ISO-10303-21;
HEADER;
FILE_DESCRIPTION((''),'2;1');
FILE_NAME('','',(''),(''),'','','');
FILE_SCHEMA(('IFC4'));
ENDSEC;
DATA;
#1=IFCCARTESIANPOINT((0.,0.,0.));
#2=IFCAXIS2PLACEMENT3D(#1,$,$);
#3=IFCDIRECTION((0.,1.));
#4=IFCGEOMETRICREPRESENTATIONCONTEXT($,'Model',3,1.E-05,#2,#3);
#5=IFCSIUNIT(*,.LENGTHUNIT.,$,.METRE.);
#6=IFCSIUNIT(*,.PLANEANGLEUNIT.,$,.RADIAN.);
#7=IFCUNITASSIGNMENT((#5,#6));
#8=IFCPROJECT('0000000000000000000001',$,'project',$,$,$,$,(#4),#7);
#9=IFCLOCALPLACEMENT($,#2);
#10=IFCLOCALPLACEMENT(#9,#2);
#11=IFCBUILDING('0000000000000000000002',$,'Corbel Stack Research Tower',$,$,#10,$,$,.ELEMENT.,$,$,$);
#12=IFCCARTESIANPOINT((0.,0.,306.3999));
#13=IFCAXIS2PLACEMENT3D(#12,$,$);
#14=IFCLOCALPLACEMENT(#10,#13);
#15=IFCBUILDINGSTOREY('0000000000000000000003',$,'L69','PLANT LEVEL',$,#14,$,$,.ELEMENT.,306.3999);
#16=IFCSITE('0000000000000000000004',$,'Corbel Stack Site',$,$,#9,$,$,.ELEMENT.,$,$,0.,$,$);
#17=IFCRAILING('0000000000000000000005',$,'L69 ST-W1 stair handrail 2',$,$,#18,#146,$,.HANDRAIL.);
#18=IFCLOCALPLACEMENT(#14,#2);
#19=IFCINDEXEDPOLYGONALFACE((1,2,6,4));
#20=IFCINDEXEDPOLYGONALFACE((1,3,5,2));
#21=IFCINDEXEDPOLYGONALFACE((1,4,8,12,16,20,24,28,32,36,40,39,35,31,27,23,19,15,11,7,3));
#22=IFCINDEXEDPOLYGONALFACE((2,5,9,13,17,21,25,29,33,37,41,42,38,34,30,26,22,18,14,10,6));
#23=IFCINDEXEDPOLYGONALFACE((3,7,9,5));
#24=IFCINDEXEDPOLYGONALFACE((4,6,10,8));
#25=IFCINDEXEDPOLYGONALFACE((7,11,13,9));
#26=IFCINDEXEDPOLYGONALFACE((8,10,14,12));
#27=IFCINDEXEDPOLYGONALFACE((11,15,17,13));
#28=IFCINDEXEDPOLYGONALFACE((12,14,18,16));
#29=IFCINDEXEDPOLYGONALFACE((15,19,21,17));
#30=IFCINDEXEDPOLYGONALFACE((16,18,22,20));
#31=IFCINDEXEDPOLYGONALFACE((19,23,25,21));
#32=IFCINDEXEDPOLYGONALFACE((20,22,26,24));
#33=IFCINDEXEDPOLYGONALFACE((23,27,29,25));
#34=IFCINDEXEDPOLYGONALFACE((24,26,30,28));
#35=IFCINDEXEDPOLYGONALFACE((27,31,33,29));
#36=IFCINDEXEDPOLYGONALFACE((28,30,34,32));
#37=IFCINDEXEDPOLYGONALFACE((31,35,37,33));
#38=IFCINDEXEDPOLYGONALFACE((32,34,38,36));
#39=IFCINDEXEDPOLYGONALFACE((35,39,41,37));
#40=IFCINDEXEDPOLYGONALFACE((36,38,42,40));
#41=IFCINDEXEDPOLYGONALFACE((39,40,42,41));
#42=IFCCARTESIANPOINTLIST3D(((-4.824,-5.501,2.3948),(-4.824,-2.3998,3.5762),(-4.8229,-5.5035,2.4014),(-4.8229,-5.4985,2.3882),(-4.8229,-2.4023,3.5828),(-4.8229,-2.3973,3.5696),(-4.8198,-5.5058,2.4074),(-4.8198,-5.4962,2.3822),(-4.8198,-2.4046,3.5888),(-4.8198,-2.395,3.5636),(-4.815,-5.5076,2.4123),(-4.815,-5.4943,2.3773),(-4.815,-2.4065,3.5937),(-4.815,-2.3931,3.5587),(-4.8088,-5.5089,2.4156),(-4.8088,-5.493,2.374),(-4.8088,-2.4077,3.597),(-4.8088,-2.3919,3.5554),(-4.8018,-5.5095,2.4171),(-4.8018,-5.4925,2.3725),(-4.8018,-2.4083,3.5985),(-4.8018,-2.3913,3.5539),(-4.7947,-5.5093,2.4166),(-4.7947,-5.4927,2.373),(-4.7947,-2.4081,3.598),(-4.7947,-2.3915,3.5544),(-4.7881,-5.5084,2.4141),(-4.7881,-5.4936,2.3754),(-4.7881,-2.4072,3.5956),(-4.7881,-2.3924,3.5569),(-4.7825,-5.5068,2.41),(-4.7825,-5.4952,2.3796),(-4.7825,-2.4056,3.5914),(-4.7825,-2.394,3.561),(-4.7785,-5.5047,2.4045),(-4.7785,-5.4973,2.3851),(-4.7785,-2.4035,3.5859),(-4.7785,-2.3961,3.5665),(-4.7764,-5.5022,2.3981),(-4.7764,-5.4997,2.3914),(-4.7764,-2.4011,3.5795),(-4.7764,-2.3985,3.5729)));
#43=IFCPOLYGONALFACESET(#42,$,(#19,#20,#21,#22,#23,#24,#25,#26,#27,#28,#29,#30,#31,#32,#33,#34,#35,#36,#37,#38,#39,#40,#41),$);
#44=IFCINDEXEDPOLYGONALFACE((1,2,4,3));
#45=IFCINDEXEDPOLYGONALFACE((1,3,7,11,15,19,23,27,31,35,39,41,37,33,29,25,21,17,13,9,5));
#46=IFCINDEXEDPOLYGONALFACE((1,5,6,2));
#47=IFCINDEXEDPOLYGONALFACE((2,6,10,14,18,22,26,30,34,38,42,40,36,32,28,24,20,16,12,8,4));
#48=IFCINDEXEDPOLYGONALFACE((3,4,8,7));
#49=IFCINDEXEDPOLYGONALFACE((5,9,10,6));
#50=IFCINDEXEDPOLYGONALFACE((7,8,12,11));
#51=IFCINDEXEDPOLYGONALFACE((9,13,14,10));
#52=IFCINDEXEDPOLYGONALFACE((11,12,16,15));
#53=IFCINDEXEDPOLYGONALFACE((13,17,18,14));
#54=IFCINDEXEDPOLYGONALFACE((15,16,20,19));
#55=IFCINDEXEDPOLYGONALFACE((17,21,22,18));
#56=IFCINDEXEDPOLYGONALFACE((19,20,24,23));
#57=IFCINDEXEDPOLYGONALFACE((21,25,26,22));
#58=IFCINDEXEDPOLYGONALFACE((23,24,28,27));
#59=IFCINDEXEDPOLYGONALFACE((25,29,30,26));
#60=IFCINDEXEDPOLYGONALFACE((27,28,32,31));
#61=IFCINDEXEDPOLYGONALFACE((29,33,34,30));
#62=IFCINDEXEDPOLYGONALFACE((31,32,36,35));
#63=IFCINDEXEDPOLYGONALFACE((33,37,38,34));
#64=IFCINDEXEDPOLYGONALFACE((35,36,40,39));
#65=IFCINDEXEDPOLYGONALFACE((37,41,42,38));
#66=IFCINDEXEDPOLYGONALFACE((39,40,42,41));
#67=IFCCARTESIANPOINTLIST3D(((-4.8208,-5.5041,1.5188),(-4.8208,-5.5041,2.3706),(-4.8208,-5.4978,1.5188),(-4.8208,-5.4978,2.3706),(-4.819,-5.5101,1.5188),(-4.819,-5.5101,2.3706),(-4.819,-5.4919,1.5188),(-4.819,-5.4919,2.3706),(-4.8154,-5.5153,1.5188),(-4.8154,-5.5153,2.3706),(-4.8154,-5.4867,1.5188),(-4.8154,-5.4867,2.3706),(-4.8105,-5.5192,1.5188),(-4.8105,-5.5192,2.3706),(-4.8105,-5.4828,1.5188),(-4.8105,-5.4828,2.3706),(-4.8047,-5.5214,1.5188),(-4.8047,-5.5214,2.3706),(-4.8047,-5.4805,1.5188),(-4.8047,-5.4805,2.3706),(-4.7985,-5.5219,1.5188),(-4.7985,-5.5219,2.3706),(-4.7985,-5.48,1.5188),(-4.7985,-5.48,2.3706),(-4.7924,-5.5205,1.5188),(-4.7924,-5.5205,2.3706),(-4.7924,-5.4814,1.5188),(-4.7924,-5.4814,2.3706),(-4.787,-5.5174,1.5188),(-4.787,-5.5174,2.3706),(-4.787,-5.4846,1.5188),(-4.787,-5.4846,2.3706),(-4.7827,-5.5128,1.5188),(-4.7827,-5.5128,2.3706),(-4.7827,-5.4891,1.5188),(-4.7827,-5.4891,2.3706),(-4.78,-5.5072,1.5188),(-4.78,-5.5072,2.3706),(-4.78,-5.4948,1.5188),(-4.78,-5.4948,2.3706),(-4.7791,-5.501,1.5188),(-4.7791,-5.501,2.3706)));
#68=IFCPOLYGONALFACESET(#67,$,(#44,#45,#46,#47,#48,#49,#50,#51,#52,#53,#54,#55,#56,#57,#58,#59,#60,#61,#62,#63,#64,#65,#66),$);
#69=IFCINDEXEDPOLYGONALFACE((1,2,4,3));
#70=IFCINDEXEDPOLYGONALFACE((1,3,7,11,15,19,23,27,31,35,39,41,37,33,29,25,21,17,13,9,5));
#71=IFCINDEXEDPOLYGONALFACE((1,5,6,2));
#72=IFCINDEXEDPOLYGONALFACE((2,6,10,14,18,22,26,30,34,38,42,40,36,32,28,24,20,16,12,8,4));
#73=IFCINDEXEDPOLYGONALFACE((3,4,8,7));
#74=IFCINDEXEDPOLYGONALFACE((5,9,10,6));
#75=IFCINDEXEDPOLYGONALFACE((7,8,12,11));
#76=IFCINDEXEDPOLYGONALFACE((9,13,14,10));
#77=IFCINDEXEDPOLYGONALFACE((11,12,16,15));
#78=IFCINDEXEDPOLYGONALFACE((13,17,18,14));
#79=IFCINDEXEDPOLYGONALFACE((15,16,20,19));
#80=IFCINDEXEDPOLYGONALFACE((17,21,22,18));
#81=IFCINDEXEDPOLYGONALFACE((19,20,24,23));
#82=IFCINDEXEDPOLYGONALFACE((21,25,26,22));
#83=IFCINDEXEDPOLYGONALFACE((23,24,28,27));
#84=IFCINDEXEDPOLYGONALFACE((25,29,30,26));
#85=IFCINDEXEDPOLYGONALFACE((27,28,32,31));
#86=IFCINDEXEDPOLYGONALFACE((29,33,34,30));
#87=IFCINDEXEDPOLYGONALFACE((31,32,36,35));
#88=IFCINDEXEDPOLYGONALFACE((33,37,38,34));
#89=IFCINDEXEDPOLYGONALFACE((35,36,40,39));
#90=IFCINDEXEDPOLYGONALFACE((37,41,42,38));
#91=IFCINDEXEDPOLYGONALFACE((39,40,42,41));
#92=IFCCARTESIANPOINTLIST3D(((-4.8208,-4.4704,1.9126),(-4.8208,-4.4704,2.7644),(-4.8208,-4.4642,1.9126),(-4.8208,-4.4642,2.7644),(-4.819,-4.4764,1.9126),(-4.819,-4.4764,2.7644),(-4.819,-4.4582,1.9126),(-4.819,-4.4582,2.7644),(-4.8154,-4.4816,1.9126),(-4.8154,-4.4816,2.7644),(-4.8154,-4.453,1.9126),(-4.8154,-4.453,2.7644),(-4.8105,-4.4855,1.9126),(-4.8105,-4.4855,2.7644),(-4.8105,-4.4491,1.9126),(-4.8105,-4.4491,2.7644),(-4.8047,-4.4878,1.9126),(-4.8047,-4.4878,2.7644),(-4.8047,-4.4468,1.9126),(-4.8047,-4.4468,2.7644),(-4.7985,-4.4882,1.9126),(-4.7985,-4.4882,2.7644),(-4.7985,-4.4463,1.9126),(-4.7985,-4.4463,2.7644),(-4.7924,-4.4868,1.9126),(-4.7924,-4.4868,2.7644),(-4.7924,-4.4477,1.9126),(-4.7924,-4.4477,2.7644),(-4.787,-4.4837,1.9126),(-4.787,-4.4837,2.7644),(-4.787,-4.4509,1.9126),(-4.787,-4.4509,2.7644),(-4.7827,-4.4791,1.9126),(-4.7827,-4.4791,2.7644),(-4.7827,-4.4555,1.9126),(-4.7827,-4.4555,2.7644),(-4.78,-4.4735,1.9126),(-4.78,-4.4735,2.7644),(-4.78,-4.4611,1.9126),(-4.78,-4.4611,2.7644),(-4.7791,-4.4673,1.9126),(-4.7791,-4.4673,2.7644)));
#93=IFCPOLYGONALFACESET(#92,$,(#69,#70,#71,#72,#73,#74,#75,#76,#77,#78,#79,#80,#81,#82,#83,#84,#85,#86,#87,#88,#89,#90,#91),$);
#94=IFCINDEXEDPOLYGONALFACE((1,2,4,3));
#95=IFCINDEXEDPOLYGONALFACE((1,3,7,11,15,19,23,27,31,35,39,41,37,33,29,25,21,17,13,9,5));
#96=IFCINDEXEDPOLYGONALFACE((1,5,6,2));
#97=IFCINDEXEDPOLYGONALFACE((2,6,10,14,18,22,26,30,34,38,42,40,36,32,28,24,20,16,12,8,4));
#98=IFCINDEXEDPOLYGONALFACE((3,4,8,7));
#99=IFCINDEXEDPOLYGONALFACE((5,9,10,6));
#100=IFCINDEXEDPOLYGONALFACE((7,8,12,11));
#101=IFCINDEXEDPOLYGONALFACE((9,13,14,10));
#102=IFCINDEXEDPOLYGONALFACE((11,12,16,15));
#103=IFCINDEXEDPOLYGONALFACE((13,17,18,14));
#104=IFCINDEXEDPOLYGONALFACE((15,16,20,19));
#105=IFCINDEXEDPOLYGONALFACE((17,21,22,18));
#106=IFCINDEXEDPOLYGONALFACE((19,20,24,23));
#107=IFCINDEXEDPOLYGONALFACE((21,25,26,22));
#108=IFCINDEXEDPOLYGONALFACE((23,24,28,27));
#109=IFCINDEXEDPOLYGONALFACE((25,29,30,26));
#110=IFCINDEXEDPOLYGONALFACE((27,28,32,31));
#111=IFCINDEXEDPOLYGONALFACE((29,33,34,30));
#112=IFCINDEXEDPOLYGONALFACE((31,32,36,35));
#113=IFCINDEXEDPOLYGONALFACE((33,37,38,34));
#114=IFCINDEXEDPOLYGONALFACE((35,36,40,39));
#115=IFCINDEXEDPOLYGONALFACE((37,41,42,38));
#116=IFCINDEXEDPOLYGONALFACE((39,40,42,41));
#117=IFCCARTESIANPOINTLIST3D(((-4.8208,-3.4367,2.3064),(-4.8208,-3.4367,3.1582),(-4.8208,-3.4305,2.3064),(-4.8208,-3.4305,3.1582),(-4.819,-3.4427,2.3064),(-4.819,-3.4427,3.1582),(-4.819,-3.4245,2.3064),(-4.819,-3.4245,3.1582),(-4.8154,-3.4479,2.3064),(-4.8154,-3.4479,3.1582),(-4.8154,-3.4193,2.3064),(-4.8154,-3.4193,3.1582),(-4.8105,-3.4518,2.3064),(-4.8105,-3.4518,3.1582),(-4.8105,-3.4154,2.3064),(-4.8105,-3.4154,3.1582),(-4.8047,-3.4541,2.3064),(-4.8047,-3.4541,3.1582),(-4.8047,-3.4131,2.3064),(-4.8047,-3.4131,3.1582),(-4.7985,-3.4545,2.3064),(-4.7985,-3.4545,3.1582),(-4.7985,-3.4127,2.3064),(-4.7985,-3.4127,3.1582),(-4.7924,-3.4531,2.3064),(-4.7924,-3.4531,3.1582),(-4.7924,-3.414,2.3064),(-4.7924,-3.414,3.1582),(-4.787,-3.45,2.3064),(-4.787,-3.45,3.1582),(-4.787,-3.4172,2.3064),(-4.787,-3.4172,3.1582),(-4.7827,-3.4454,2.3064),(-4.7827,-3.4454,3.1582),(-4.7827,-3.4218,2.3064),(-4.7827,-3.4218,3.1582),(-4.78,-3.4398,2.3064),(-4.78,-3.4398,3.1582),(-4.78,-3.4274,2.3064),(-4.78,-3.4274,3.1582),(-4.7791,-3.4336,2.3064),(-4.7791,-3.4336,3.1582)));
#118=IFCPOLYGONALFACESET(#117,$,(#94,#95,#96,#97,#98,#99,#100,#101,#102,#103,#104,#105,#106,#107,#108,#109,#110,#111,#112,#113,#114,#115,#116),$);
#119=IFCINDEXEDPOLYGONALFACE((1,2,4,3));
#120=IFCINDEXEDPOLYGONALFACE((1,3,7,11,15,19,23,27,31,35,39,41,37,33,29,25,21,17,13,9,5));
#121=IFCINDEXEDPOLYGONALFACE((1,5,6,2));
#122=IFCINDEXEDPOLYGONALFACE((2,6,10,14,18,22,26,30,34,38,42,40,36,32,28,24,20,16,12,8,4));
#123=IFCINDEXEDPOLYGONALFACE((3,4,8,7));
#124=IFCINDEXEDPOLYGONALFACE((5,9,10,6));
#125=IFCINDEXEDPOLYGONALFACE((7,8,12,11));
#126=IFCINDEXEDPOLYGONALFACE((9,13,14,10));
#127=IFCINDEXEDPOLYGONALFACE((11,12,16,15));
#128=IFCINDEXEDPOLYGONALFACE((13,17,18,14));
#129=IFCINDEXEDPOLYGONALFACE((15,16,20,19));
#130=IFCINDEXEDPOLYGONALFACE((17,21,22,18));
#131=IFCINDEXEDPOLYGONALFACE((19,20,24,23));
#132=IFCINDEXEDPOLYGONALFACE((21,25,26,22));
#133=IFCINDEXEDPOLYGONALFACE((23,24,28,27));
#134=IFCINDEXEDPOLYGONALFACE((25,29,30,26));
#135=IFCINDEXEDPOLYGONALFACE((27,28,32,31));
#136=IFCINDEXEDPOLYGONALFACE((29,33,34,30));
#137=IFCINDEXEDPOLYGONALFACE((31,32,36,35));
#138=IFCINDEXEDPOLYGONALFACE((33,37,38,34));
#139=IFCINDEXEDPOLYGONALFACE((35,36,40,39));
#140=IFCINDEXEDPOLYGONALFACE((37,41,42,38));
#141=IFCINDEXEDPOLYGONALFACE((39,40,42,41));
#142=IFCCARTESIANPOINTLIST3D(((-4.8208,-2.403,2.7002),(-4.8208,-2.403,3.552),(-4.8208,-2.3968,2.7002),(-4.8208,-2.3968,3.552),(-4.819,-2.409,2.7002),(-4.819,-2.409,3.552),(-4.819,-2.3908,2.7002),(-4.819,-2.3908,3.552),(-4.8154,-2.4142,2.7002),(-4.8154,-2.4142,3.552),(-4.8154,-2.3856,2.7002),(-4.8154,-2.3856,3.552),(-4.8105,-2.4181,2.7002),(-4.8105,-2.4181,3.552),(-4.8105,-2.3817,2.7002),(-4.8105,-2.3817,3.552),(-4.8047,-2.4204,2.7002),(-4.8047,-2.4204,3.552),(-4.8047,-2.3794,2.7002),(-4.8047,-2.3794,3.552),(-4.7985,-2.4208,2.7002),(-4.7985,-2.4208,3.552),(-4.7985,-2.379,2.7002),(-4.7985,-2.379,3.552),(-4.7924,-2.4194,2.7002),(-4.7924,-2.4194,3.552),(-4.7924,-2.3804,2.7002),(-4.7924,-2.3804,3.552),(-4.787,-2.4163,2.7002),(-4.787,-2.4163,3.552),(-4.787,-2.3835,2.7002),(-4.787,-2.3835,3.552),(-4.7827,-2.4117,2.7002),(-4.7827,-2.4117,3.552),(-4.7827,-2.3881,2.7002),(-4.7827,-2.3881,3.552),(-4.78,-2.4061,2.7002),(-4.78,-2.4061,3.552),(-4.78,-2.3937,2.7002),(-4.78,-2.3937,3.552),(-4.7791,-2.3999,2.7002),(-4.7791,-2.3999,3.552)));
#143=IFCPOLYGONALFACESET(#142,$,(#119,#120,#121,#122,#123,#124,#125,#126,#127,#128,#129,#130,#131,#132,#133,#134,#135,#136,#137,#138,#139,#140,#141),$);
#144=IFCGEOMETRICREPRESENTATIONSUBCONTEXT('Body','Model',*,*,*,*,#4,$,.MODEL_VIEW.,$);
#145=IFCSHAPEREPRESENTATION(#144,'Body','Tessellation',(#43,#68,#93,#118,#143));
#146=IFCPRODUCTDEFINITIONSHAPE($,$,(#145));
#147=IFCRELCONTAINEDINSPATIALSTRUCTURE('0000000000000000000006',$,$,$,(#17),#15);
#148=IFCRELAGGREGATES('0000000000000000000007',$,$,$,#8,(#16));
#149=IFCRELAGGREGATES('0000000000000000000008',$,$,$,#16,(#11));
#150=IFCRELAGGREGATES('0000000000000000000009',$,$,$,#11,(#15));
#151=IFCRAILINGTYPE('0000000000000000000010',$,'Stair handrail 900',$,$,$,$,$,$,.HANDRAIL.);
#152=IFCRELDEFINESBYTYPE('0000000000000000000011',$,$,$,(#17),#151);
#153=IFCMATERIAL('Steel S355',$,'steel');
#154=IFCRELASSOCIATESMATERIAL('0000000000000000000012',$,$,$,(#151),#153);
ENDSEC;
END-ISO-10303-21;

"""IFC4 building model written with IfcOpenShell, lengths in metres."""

from ifc_helpers import new_model, si_unit, direction, frame, origin, origin_2d, place, context, subcontext, project, spatial, circle, extrude, material, type_object, element, save


model = new_model("IFC4")

# Units and contexts
model_context = context("Model", 3, precision=1e-05, world=origin(), true_north=direction((0.0, 1.0)))
body_context = subcontext(model_context, "Body", "Model", "MODEL_VIEW")
ifc_project = project(units=[si_unit("LENGTHUNIT", "METRE"), si_unit("PLANEANGLEUNIT", "RADIAN")], contexts=[model_context])

# Site, building, storey
site_placement = place(None, origin())
site = spatial("IfcSite", under=ifc_project, at=site_placement, Name="Corbel Stack Site", CompositionType="ELEMENT", RefElevation=0.0)
building_placement = place(site_placement, origin())
building = spatial("IfcBuilding", under=site, at=building_placement, Name="Corbel Stack Research Tower", CompositionType="ELEMENT")
storey_placement = place(building_placement, frame((0.0, 0.0, 306.3999)))
storey = spatial("IfcBuildingStorey", under=building, at=storey_placement, Name="L69", Description="PLANT LEVEL", CompositionType="ELEMENT", Elevation=306.3999)

# Railing
ifc_material_1 = material(Name="Steel S355", Category="steel")
railing_type_1 = type_object("IfcRailingType", Name="Stair handrail 900", PredefinedType="HANDRAIL", material=ifc_material_1)
for number, where, name in (
    (1, (-4.8, -5.501, 1.5188), "L69 ST-W1 stair handrail 2"),
):
    element("IfcRailing", number, at=place(storey_placement, frame(where)), inside=storey, type_object=railing_type_1, Name=name, PredefinedType="HANDRAIL", context=body_context, shape_type="SweptSolid", body=[
        extrude(circle(Radius=0.0239, at=origin_2d()), frame((0.0, 0.0, 0.876), z_axis=(0.0, 0.934484, 0.356005), x_axis=(-1.0, 0.0, 0.0)), (0.0, 0.0, 1.0), 3.3186),
        extrude(circle(Radius=0.021, at=origin_2d()), origin(), (0.0, 0.0, 1.0), 0.8518),
        extrude(circle(Radius=0.021, at=origin_2d()), frame((0.0, 1.0337, 0.3938)), (0.0, 0.0, 1.0), 0.8518),
        extrude(circle(Radius=0.021, at=origin_2d()), frame((0.0, 2.0674, 0.7876)), (0.0, 0.0, 1.0), 0.8518),
        extrude(circle(Radius=0.021, at=origin_2d()), frame((0.0, 3.1011, 1.1814)), (0.0, 0.0, 1.0), 0.8518),
    ])

save(model, "model.ifc")
